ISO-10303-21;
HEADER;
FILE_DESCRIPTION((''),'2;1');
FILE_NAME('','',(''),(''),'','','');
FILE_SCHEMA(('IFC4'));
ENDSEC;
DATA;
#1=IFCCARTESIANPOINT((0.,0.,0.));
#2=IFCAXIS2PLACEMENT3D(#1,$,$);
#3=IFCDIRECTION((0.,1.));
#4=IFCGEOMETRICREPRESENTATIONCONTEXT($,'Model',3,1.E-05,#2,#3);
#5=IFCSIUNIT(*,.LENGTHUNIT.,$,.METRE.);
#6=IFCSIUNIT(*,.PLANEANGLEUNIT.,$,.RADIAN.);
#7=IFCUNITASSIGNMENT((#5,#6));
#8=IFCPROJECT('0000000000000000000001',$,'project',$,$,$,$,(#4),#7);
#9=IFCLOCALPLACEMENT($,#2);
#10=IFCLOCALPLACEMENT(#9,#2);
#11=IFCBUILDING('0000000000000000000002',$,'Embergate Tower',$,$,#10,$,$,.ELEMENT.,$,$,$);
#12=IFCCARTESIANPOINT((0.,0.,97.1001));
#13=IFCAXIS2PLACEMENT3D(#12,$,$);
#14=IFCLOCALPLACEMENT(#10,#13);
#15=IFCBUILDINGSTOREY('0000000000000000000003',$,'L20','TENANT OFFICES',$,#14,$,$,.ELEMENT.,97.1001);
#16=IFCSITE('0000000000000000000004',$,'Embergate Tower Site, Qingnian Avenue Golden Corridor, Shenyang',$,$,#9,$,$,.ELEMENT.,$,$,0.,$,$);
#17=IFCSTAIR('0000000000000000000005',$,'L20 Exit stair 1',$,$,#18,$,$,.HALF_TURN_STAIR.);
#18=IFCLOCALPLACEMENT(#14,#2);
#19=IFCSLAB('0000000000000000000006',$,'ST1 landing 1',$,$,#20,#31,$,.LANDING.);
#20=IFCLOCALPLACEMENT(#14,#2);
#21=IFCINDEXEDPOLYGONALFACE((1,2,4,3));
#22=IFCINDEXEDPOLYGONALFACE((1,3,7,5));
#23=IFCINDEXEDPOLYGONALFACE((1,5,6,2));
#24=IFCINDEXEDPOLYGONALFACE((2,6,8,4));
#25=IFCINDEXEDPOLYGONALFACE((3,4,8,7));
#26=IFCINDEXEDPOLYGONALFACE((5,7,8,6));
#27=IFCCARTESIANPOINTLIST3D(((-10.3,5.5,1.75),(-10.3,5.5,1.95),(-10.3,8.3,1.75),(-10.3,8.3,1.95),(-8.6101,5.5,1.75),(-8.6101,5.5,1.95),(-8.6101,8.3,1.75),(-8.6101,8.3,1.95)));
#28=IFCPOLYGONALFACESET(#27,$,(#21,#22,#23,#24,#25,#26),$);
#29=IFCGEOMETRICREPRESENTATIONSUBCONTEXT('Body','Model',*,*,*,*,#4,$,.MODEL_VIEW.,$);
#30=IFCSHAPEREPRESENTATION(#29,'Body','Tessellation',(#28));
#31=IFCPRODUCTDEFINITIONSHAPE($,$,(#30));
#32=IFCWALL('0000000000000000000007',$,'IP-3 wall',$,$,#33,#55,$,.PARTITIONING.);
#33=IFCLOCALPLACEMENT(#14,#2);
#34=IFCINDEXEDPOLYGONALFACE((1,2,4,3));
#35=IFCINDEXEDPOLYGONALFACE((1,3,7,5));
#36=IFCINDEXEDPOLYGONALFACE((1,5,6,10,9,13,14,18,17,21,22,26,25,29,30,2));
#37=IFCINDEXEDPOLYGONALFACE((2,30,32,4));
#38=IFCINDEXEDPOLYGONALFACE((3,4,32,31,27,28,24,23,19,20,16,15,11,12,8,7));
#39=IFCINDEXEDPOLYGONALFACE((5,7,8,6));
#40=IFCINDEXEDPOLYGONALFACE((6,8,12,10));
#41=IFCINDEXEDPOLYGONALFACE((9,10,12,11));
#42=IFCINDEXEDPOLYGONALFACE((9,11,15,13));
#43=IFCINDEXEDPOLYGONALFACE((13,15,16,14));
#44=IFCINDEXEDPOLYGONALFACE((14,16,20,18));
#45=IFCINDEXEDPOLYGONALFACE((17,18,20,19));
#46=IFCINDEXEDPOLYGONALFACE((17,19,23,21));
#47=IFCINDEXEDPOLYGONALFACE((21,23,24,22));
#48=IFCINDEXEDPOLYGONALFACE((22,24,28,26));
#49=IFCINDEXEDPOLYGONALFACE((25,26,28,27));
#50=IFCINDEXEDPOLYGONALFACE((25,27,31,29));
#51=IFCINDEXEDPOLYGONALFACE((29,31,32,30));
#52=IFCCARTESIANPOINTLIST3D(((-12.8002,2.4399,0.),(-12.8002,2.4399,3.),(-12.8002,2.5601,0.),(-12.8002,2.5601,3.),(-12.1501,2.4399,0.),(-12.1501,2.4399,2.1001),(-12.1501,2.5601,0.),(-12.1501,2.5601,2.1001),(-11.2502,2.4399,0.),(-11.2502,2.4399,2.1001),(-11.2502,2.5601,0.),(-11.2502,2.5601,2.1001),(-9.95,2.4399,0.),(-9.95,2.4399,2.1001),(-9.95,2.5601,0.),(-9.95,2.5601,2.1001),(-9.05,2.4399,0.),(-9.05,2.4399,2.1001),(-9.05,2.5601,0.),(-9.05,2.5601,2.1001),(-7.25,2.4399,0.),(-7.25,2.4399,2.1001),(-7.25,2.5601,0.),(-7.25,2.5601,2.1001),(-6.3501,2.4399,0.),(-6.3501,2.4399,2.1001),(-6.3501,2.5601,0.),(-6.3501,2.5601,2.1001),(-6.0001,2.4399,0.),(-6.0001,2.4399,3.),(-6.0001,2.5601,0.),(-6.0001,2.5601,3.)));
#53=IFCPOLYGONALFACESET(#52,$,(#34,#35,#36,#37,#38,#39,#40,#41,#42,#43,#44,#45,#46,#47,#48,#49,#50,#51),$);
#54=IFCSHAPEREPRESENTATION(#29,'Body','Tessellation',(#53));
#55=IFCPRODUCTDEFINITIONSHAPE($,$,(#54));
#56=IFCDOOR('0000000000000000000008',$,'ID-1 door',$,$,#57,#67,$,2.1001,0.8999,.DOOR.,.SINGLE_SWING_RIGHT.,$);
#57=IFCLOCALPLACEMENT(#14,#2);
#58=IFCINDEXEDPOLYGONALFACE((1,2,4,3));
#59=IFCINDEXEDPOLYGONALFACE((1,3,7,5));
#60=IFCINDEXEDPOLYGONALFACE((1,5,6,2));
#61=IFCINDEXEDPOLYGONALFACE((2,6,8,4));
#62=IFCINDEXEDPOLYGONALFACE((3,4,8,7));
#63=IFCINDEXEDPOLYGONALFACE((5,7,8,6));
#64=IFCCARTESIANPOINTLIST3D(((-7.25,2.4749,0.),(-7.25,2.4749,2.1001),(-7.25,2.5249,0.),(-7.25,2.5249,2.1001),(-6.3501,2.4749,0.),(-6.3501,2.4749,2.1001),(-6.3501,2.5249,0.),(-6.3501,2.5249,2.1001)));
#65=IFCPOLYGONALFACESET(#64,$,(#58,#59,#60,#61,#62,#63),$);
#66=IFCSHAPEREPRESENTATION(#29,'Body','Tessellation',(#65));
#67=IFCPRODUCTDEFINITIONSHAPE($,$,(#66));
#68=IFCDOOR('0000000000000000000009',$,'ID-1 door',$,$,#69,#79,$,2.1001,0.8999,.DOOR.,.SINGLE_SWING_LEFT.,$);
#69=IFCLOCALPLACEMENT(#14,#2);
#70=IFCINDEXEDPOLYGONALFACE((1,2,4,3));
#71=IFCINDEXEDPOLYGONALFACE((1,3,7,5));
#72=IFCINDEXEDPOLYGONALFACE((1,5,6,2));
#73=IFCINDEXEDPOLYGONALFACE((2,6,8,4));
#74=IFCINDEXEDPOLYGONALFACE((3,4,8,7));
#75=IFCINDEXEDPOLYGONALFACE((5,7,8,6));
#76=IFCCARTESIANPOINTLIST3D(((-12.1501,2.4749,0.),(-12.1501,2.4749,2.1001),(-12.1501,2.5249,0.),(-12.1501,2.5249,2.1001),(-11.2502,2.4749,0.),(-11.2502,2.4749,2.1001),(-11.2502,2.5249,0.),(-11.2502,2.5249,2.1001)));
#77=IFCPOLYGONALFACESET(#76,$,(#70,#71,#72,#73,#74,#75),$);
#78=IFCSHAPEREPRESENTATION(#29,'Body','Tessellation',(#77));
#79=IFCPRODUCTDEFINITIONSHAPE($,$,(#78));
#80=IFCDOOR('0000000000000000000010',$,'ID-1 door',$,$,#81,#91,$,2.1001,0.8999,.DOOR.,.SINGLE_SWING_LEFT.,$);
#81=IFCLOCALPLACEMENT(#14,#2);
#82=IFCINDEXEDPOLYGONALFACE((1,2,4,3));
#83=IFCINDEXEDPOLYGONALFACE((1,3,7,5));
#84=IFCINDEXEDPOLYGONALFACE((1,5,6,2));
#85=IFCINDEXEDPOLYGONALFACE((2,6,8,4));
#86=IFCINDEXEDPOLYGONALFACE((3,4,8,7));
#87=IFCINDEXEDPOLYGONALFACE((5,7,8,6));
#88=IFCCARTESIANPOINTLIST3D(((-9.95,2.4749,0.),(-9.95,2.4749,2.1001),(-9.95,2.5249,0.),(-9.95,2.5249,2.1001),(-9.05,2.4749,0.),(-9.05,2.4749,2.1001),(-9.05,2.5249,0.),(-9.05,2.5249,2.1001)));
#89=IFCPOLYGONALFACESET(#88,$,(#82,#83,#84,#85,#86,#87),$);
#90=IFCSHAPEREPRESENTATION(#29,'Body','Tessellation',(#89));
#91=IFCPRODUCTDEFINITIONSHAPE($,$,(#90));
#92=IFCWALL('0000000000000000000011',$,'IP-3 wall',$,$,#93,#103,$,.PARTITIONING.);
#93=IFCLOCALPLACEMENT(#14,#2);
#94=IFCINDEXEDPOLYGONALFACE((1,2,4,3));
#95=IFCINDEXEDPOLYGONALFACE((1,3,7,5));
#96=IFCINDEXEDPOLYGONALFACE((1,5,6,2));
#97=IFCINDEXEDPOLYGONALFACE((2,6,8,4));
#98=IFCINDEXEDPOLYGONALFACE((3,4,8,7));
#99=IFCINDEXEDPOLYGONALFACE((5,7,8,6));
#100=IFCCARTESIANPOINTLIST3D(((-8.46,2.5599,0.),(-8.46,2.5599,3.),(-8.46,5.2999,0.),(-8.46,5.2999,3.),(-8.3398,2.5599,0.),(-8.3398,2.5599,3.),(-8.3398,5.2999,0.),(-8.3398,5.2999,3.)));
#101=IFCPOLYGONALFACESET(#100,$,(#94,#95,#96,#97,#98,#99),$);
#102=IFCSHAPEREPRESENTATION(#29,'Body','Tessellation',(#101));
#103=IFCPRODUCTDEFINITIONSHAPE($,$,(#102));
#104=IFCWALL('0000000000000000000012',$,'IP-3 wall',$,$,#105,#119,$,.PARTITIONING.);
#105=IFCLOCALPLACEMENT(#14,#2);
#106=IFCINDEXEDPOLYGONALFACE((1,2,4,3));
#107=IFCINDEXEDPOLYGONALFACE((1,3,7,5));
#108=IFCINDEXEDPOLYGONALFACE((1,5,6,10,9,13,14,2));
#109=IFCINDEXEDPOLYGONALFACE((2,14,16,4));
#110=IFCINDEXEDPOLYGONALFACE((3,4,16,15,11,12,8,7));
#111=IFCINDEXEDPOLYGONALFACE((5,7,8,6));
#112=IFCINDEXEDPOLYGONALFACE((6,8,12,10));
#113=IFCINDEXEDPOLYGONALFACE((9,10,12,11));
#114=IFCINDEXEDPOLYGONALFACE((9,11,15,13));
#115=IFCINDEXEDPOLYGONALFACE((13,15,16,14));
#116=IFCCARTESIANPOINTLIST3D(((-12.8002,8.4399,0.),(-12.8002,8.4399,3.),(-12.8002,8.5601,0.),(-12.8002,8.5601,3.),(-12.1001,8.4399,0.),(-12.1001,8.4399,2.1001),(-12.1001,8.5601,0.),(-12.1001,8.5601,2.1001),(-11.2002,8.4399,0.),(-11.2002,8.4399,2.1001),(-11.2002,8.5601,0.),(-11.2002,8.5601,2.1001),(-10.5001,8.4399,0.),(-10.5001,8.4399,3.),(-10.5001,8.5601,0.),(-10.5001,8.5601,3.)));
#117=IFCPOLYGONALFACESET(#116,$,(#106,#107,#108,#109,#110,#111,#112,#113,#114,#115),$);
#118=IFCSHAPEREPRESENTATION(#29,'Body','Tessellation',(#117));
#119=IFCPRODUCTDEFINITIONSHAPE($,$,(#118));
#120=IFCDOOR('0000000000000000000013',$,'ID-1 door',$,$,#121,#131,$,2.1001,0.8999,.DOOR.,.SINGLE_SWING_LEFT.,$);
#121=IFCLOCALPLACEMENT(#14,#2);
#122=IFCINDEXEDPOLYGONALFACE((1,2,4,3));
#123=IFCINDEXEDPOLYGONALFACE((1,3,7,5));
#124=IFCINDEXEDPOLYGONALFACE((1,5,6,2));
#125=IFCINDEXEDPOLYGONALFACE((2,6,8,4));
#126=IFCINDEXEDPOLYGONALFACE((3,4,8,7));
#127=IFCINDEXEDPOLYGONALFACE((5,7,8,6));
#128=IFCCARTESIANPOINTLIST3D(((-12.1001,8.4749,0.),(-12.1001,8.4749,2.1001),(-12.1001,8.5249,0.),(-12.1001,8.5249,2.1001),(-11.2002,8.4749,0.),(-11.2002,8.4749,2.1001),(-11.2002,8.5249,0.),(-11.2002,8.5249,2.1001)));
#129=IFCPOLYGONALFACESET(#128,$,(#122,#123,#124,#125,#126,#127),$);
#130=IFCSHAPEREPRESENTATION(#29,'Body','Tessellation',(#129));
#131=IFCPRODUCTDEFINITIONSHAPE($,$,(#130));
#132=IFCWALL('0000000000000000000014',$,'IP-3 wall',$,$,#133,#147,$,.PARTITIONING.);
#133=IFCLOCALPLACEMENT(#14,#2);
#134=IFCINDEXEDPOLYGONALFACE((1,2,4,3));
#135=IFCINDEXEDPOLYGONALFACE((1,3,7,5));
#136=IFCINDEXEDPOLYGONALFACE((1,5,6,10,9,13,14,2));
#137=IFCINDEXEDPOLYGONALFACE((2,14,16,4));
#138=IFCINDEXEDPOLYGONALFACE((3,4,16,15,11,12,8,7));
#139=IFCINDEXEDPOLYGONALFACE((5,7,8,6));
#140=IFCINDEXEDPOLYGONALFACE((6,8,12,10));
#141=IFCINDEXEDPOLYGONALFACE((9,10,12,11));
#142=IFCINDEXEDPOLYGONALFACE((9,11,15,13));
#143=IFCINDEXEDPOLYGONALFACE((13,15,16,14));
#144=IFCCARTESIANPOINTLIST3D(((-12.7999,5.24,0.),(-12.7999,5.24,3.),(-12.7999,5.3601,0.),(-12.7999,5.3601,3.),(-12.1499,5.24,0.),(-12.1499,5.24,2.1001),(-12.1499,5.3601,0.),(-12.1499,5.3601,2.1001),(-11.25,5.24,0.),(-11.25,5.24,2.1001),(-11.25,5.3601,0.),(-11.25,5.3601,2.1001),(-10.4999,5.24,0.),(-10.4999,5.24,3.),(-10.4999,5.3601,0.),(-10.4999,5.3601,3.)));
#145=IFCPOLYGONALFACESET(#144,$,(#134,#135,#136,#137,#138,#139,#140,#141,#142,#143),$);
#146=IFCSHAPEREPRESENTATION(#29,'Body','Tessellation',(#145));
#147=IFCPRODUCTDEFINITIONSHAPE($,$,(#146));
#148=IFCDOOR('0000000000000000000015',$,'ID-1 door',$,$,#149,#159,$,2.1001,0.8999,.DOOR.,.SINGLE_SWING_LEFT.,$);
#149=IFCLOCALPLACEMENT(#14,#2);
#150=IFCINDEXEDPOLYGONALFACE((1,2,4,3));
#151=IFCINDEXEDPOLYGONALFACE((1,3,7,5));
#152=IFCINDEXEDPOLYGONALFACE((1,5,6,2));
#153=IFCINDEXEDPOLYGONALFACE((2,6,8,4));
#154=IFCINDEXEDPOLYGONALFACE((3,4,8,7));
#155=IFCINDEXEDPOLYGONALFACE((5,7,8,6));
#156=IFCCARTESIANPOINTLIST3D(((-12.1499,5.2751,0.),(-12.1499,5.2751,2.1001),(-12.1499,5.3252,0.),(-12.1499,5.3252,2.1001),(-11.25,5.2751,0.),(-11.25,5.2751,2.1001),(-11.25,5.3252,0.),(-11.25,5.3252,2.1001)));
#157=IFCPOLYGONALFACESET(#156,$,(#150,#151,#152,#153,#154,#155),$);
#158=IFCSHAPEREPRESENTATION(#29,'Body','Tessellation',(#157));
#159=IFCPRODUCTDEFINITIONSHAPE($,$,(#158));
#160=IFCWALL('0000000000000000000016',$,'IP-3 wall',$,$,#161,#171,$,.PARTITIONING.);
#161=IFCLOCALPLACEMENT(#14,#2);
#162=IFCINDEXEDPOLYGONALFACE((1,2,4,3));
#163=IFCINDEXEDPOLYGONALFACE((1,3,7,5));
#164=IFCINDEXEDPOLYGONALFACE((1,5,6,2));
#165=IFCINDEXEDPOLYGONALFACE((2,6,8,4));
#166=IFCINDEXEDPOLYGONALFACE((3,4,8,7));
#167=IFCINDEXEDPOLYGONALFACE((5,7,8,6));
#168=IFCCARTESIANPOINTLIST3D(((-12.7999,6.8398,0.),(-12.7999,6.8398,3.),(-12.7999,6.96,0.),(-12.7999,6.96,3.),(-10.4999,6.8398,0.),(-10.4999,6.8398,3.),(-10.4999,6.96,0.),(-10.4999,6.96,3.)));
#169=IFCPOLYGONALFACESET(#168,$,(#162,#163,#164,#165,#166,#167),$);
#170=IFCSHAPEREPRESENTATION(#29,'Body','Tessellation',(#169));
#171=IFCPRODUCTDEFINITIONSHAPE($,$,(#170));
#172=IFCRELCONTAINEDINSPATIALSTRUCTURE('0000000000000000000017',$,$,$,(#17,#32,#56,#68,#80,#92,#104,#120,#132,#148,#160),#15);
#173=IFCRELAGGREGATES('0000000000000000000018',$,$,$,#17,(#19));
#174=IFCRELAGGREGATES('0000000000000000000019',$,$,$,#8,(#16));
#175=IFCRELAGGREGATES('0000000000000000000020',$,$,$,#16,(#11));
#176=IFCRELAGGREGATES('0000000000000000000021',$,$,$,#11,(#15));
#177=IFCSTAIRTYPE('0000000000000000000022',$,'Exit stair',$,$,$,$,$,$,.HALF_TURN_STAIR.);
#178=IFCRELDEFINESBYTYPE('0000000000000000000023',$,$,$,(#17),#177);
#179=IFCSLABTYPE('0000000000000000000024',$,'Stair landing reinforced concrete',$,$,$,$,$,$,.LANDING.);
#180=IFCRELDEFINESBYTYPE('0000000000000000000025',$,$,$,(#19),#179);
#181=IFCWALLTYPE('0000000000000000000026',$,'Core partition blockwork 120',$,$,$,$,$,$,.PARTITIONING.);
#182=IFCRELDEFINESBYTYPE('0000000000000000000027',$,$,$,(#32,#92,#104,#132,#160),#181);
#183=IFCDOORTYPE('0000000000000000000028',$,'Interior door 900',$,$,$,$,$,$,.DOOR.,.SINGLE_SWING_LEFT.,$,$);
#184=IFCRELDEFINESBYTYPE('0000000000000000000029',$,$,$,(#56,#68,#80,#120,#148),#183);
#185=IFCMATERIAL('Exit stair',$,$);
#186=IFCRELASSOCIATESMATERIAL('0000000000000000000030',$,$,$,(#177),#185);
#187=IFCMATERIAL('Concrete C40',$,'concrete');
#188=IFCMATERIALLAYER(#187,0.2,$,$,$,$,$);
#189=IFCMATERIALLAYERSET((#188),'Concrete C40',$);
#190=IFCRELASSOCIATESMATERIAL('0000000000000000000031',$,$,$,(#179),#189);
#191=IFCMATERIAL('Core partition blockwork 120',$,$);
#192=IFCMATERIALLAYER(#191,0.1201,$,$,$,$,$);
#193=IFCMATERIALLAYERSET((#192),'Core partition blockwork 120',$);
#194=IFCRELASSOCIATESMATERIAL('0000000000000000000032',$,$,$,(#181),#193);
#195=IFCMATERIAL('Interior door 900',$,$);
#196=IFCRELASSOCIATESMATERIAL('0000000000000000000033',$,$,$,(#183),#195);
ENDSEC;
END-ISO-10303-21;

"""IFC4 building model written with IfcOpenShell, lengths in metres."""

from ifc_helpers import new_model, si_unit, direction, frame, frame_2d, origin, place, context, subcontext, project, spatial, polyline, rectangle, outline, extrude, source, transform, mapped, material, layer, layer_set, type_object, element, fill, aggregate, save


model = new_model("IFC4")

# Units and contexts
model_context = context("Model", 3, precision=1e-05, world=origin(), true_north=direction((0.0, 1.0)))
body_context = subcontext(model_context, "Body", "Model", "MODEL_VIEW")
ifc_project = project(units=[si_unit("LENGTHUNIT", "METRE"), si_unit("PLANEANGLEUNIT", "RADIAN")], contexts=[model_context])

# Site, building, storey
site_placement = place(None, origin())
site = spatial("IfcSite", under=ifc_project, at=site_placement, Name="Embergate Tower Site, Qingnian Avenue Golden Corridor, Shenyang", CompositionType="ELEMENT", RefElevation=0.0)
building_placement = place(site_placement, origin())
building = spatial("IfcBuilding", under=site, at=building_placement, Name="Embergate Tower", CompositionType="ELEMENT")
storey_placement = place(building_placement, frame((0.0, 0.0, 97.1001)))
storey = spatial("IfcBuildingStorey", under=building, at=storey_placement, Name="L20", Description="TENANT OFFICES", CompositionType="ELEMENT", Elevation=97.1001)

# Stair, slab
ifc_material_1 = material(Name="Exit stair")
stair_type = type_object("IfcStairType", Name="Exit stair", PredefinedType="HALF_TURN_STAIR", material=ifc_material_1)
stair_placement = place(storey_placement, origin())
stair = element("IfcStair", 1, at=stair_placement, inside=storey, type_object=stair_type, Name="L20 Exit stair 1", PredefinedType="HALF_TURN_STAIR")
ifc_material_2 = material(Name="Concrete C40", Category="concrete")
ifc_layer_1 = layer(ifc_material_2, 0.2)
ifc_layer_set_1 = layer_set([ifc_layer_1], Name="Concrete C40")
slab_type = type_object("IfcSlabType", Name="Stair landing reinforced concrete", PredefinedType="LANDING", material=ifc_layer_set_1)
shared_shape_1 = source(origin(), body_context, "Body", "SweptSolid", [
    extrude(outline(polyline([(0.0, 0.0), (1.6899, 0.0), (1.6899, 2.8), (0.0, 2.8), (0.0, 0.0)])), origin(), (0.0, 0.0, 1.0), 0.2),
])
slab_placement = place(storey_placement, frame((-10.3, 5.5, 1.75)))
slab = element("IfcSlab", 2, at=slab_placement, type_object=slab_type, Name="ST1 landing 1", PredefinedType="LANDING", context=body_context, shape_type="MappedRepresentation", body=[
    mapped(shared_shape_1, transform((0.0, 0.0, 0.0))),
])

# Wall, openings, doors
ifc_material_3 = material(Name="Core partition blockwork 120")
ifc_layer_2 = layer(ifc_material_3, 0.1201)
ifc_layer_set_2 = layer_set([ifc_layer_2], Name="Core partition blockwork 120")
wall_type_1 = type_object("IfcWallType", Name="Core partition blockwork 120", PredefinedType="PARTITIONING", material=ifc_layer_set_2)
shared_shape_2 = source(origin(), body_context, "Body", "SweptSolid", [
    extrude(rectangle(XDim=6.8, YDim=0.1201, at=frame_2d((3.3999, 0.0))), origin(), (0.0, 0.0, 1.0), 3.0),
])
wall_1_placement = place(storey_placement, frame((-12.8, 2.5, 0.0), z_axis=(0.0, 0.0, 1.0), x_axis=(1.0, 0.0, 0.0)))
wall_1 = element("IfcWall", 3, at=wall_1_placement, inside=storey, type_object=wall_type_1, Name="IP-3 wall", PredefinedType="PARTITIONING", context=body_context, shape_type="MappedRepresentation", body=[
    mapped(shared_shape_2, transform((0.0, 0.0, 0.0))),
])
shared_shape_3 = source(origin(), body_context, "Body", "SweptSolid", [
    extrude(rectangle(XDim=0.8999, YDim=2.1001, at=frame_2d((0.45, 1.05))), frame((0.0, 0.0701, 0.0), z_axis=(0.0, -1.0, 0.0), x_axis=(1.0, 0.0, 0.0)), (0.0, 0.0, 1.0), 0.1401),
])
opening_1_placement = place(wall_1_placement, frame((5.55, 0.0, 0.0)))
opening_1 = element("IfcOpeningElement", 4, at=opening_1_placement, cuts=wall_1, PredefinedType="OPENING", context=body_context, shape_type="MappedRepresentation", body=[
    mapped(shared_shape_3, transform((0.0, 0.0, 0.0))),
])
opening_2_placement = place(wall_1_placement, frame((0.6499, 0.0, 0.0)))
opening_2 = element("IfcOpeningElement", 5, at=opening_2_placement, cuts=wall_1, PredefinedType="OPENING", context=body_context, shape_type="MappedRepresentation", body=[
    mapped(shared_shape_3, transform((0.0, 0.0, 0.0))),
])
opening_3_placement = place(wall_1_placement, frame((2.8501, 0.0, 0.0)))
opening_3 = element("IfcOpeningElement", 6, at=opening_3_placement, cuts=wall_1, PredefinedType="OPENING", context=body_context, shape_type="MappedRepresentation", body=[
    mapped(shared_shape_3, transform((0.0, 0.0, 0.0))),
])
ifc_material_4 = material(Name="Interior door 900")
door_type_1 = type_object("IfcDoorType", Name="Interior door 900", OperationType="SINGLE_SWING_LEFT", PredefinedType="DOOR", material=ifc_material_4)
shared_shape_4 = source(origin(), body_context, "Body", "SweptSolid", [
    extrude(rectangle(XDim=0.8999, YDim=2.1001, at=frame_2d((0.45, 1.05))), frame((0.0, 0.0249, 0.0), z_axis=(0.0, -1.0, 0.0), x_axis=(1.0, 0.0, 0.0)), (0.0, 0.0, 1.0), 0.05),
])
door_1_placement = place(opening_1_placement, origin())
door_1 = element("IfcDoor", 7, at=door_1_placement, inside=storey, type_object=door_type_1, Name="ID-1 door", OperationType="SINGLE_SWING_RIGHT", OverallHeight=2.1001, OverallWidth=0.8999, PredefinedType="DOOR", context=body_context, shape_type="MappedRepresentation", body=[
    mapped(shared_shape_4, transform((0.0, 0.0, 0.0))),
])
fill(opening_1, door_1)
door_2_placement = place(opening_2_placement, origin())
door_2 = element("IfcDoor", 8, at=door_2_placement, inside=storey, type_object=door_type_1, Name="ID-1 door", OperationType="SINGLE_SWING_LEFT", OverallHeight=2.1001, OverallWidth=0.8999, PredefinedType="DOOR", context=body_context, shape_type="MappedRepresentation", body=[
    mapped(shared_shape_4, transform((0.0, 0.0, 0.0))),
])
fill(opening_2, door_2)
door_3_placement = place(opening_3_placement, origin())
door_3 = element("IfcDoor", 9, at=door_3_placement, inside=storey, type_object=door_type_1, Name="ID-1 door", OperationType="SINGLE_SWING_LEFT", OverallHeight=2.1001, OverallWidth=0.8999, PredefinedType="DOOR", context=body_context, shape_type="MappedRepresentation", body=[
    mapped(shared_shape_4, transform((0.0, 0.0, 0.0))),
])
fill(opening_3, door_3)

# Wall
shared_shape_5 = source(origin(), body_context, "Body", "SweptSolid", [
    extrude(rectangle(XDim=2.74, YDim=0.1201, at=frame_2d((1.3701, 0.0))), origin(), (0.0, 0.0, 1.0), 3.0),
])
wall_2_placement = place(storey_placement, frame((-8.3999, 5.3, 0.0), z_axis=(0.0, 0.0, 1.0), x_axis=(0.0, -1.0, 0.0)))
element("IfcWall", 10, at=wall_2_placement, inside=storey, type_object=wall_type_1, Name="IP-3 wall", PredefinedType="PARTITIONING", context=body_context, shape_type="MappedRepresentation", body=[
    mapped(shared_shape_5, transform((0.0, 0.0, 0.0))),
])

# Walls, openings, doors
shared_shape_6 = source(origin(), body_context, "Body", "SweptSolid", [
    extrude(rectangle(XDim=2.3, YDim=0.1201, at=frame_2d((1.1499, 0.0))), origin(), (0.0, 0.0, 1.0), 3.0),
])
wall_3_placement = place(storey_placement, frame((-12.8, 8.5, 0.0), z_axis=(0.0, 0.0, 1.0), x_axis=(1.0, 0.0, 0.0)))
wall_3 = element("IfcWall", 11, at=wall_3_placement, inside=storey, type_object=wall_type_1, Name="IP-3 wall", PredefinedType="PARTITIONING", context=body_context, shape_type="MappedRepresentation", body=[
    mapped(shared_shape_6, transform((0.0, 0.0, 0.0))),
])
opening_4_placement = place(wall_3_placement, frame((0.7, 0.0, 0.0)))
opening_4 = element("IfcOpeningElement", 12, at=opening_4_placement, cuts=wall_3, PredefinedType="OPENING", context=body_context, shape_type="MappedRepresentation", body=[
    mapped(shared_shape_3, transform((0.0, 0.0, 0.0))),
])
door_4_placement = place(opening_4_placement, origin())
door_4 = element("IfcDoor", 13, at=door_4_placement, inside=storey, type_object=door_type_1, Name="ID-1 door", OperationType="SINGLE_SWING_LEFT", OverallHeight=2.1001, OverallWidth=0.8999, PredefinedType="DOOR", context=body_context, shape_type="MappedRepresentation", body=[
    mapped(shared_shape_4, transform((0.0, 0.0, 0.0))),
])
fill(opening_4, door_4)
wall_4_placement = place(storey_placement, frame((-10.5, 5.3, 0.0), z_axis=(0.0, 0.0, 1.0), x_axis=(-1.0, 0.0, 0.0)))
wall_4 = element("IfcWall", 14, at=wall_4_placement, inside=storey, type_object=wall_type_1, Name="IP-3 wall", PredefinedType="PARTITIONING", context=body_context, shape_type="MappedRepresentation", body=[
    mapped(shared_shape_6, transform((0.0, 0.0, 0.0))),
])
opening_5_placement = place(wall_4_placement, frame((0.75, 0.0, 0.0)))
opening_5 = element("IfcOpeningElement", 15, at=opening_5_placement, cuts=wall_4, PredefinedType="OPENING", context=body_context, shape_type="MappedRepresentation", body=[
    mapped(shared_shape_3, transform((0.0, 0.0, 0.0))),
])
door_5_placement = place(opening_5_placement, origin())
door_5 = element("IfcDoor", 16, at=door_5_placement, inside=storey, type_object=door_type_1, Name="ID-1 door", OperationType="SINGLE_SWING_LEFT", OverallHeight=2.1001, OverallWidth=0.8999, PredefinedType="DOOR", context=body_context, shape_type="MappedRepresentation", body=[
    mapped(shared_shape_4, transform((0.0, 0.0, 0.0))),
])
fill(opening_5, door_5)

# Wall
wall_5_placement = place(storey_placement, frame((-10.5, 6.8999, 0.0), z_axis=(0.0, 0.0, 1.0), x_axis=(-1.0, 0.0, 0.0)))
element("IfcWall", 17, at=wall_5_placement, inside=storey, type_object=wall_type_1, Name="IP-3 wall", PredefinedType="PARTITIONING", context=body_context, shape_type="MappedRepresentation", body=[
    mapped(shared_shape_6, transform((0.0, 0.0, 0.0))),
])

aggregate(stair, [slab])

save(model, "model.ifc")
